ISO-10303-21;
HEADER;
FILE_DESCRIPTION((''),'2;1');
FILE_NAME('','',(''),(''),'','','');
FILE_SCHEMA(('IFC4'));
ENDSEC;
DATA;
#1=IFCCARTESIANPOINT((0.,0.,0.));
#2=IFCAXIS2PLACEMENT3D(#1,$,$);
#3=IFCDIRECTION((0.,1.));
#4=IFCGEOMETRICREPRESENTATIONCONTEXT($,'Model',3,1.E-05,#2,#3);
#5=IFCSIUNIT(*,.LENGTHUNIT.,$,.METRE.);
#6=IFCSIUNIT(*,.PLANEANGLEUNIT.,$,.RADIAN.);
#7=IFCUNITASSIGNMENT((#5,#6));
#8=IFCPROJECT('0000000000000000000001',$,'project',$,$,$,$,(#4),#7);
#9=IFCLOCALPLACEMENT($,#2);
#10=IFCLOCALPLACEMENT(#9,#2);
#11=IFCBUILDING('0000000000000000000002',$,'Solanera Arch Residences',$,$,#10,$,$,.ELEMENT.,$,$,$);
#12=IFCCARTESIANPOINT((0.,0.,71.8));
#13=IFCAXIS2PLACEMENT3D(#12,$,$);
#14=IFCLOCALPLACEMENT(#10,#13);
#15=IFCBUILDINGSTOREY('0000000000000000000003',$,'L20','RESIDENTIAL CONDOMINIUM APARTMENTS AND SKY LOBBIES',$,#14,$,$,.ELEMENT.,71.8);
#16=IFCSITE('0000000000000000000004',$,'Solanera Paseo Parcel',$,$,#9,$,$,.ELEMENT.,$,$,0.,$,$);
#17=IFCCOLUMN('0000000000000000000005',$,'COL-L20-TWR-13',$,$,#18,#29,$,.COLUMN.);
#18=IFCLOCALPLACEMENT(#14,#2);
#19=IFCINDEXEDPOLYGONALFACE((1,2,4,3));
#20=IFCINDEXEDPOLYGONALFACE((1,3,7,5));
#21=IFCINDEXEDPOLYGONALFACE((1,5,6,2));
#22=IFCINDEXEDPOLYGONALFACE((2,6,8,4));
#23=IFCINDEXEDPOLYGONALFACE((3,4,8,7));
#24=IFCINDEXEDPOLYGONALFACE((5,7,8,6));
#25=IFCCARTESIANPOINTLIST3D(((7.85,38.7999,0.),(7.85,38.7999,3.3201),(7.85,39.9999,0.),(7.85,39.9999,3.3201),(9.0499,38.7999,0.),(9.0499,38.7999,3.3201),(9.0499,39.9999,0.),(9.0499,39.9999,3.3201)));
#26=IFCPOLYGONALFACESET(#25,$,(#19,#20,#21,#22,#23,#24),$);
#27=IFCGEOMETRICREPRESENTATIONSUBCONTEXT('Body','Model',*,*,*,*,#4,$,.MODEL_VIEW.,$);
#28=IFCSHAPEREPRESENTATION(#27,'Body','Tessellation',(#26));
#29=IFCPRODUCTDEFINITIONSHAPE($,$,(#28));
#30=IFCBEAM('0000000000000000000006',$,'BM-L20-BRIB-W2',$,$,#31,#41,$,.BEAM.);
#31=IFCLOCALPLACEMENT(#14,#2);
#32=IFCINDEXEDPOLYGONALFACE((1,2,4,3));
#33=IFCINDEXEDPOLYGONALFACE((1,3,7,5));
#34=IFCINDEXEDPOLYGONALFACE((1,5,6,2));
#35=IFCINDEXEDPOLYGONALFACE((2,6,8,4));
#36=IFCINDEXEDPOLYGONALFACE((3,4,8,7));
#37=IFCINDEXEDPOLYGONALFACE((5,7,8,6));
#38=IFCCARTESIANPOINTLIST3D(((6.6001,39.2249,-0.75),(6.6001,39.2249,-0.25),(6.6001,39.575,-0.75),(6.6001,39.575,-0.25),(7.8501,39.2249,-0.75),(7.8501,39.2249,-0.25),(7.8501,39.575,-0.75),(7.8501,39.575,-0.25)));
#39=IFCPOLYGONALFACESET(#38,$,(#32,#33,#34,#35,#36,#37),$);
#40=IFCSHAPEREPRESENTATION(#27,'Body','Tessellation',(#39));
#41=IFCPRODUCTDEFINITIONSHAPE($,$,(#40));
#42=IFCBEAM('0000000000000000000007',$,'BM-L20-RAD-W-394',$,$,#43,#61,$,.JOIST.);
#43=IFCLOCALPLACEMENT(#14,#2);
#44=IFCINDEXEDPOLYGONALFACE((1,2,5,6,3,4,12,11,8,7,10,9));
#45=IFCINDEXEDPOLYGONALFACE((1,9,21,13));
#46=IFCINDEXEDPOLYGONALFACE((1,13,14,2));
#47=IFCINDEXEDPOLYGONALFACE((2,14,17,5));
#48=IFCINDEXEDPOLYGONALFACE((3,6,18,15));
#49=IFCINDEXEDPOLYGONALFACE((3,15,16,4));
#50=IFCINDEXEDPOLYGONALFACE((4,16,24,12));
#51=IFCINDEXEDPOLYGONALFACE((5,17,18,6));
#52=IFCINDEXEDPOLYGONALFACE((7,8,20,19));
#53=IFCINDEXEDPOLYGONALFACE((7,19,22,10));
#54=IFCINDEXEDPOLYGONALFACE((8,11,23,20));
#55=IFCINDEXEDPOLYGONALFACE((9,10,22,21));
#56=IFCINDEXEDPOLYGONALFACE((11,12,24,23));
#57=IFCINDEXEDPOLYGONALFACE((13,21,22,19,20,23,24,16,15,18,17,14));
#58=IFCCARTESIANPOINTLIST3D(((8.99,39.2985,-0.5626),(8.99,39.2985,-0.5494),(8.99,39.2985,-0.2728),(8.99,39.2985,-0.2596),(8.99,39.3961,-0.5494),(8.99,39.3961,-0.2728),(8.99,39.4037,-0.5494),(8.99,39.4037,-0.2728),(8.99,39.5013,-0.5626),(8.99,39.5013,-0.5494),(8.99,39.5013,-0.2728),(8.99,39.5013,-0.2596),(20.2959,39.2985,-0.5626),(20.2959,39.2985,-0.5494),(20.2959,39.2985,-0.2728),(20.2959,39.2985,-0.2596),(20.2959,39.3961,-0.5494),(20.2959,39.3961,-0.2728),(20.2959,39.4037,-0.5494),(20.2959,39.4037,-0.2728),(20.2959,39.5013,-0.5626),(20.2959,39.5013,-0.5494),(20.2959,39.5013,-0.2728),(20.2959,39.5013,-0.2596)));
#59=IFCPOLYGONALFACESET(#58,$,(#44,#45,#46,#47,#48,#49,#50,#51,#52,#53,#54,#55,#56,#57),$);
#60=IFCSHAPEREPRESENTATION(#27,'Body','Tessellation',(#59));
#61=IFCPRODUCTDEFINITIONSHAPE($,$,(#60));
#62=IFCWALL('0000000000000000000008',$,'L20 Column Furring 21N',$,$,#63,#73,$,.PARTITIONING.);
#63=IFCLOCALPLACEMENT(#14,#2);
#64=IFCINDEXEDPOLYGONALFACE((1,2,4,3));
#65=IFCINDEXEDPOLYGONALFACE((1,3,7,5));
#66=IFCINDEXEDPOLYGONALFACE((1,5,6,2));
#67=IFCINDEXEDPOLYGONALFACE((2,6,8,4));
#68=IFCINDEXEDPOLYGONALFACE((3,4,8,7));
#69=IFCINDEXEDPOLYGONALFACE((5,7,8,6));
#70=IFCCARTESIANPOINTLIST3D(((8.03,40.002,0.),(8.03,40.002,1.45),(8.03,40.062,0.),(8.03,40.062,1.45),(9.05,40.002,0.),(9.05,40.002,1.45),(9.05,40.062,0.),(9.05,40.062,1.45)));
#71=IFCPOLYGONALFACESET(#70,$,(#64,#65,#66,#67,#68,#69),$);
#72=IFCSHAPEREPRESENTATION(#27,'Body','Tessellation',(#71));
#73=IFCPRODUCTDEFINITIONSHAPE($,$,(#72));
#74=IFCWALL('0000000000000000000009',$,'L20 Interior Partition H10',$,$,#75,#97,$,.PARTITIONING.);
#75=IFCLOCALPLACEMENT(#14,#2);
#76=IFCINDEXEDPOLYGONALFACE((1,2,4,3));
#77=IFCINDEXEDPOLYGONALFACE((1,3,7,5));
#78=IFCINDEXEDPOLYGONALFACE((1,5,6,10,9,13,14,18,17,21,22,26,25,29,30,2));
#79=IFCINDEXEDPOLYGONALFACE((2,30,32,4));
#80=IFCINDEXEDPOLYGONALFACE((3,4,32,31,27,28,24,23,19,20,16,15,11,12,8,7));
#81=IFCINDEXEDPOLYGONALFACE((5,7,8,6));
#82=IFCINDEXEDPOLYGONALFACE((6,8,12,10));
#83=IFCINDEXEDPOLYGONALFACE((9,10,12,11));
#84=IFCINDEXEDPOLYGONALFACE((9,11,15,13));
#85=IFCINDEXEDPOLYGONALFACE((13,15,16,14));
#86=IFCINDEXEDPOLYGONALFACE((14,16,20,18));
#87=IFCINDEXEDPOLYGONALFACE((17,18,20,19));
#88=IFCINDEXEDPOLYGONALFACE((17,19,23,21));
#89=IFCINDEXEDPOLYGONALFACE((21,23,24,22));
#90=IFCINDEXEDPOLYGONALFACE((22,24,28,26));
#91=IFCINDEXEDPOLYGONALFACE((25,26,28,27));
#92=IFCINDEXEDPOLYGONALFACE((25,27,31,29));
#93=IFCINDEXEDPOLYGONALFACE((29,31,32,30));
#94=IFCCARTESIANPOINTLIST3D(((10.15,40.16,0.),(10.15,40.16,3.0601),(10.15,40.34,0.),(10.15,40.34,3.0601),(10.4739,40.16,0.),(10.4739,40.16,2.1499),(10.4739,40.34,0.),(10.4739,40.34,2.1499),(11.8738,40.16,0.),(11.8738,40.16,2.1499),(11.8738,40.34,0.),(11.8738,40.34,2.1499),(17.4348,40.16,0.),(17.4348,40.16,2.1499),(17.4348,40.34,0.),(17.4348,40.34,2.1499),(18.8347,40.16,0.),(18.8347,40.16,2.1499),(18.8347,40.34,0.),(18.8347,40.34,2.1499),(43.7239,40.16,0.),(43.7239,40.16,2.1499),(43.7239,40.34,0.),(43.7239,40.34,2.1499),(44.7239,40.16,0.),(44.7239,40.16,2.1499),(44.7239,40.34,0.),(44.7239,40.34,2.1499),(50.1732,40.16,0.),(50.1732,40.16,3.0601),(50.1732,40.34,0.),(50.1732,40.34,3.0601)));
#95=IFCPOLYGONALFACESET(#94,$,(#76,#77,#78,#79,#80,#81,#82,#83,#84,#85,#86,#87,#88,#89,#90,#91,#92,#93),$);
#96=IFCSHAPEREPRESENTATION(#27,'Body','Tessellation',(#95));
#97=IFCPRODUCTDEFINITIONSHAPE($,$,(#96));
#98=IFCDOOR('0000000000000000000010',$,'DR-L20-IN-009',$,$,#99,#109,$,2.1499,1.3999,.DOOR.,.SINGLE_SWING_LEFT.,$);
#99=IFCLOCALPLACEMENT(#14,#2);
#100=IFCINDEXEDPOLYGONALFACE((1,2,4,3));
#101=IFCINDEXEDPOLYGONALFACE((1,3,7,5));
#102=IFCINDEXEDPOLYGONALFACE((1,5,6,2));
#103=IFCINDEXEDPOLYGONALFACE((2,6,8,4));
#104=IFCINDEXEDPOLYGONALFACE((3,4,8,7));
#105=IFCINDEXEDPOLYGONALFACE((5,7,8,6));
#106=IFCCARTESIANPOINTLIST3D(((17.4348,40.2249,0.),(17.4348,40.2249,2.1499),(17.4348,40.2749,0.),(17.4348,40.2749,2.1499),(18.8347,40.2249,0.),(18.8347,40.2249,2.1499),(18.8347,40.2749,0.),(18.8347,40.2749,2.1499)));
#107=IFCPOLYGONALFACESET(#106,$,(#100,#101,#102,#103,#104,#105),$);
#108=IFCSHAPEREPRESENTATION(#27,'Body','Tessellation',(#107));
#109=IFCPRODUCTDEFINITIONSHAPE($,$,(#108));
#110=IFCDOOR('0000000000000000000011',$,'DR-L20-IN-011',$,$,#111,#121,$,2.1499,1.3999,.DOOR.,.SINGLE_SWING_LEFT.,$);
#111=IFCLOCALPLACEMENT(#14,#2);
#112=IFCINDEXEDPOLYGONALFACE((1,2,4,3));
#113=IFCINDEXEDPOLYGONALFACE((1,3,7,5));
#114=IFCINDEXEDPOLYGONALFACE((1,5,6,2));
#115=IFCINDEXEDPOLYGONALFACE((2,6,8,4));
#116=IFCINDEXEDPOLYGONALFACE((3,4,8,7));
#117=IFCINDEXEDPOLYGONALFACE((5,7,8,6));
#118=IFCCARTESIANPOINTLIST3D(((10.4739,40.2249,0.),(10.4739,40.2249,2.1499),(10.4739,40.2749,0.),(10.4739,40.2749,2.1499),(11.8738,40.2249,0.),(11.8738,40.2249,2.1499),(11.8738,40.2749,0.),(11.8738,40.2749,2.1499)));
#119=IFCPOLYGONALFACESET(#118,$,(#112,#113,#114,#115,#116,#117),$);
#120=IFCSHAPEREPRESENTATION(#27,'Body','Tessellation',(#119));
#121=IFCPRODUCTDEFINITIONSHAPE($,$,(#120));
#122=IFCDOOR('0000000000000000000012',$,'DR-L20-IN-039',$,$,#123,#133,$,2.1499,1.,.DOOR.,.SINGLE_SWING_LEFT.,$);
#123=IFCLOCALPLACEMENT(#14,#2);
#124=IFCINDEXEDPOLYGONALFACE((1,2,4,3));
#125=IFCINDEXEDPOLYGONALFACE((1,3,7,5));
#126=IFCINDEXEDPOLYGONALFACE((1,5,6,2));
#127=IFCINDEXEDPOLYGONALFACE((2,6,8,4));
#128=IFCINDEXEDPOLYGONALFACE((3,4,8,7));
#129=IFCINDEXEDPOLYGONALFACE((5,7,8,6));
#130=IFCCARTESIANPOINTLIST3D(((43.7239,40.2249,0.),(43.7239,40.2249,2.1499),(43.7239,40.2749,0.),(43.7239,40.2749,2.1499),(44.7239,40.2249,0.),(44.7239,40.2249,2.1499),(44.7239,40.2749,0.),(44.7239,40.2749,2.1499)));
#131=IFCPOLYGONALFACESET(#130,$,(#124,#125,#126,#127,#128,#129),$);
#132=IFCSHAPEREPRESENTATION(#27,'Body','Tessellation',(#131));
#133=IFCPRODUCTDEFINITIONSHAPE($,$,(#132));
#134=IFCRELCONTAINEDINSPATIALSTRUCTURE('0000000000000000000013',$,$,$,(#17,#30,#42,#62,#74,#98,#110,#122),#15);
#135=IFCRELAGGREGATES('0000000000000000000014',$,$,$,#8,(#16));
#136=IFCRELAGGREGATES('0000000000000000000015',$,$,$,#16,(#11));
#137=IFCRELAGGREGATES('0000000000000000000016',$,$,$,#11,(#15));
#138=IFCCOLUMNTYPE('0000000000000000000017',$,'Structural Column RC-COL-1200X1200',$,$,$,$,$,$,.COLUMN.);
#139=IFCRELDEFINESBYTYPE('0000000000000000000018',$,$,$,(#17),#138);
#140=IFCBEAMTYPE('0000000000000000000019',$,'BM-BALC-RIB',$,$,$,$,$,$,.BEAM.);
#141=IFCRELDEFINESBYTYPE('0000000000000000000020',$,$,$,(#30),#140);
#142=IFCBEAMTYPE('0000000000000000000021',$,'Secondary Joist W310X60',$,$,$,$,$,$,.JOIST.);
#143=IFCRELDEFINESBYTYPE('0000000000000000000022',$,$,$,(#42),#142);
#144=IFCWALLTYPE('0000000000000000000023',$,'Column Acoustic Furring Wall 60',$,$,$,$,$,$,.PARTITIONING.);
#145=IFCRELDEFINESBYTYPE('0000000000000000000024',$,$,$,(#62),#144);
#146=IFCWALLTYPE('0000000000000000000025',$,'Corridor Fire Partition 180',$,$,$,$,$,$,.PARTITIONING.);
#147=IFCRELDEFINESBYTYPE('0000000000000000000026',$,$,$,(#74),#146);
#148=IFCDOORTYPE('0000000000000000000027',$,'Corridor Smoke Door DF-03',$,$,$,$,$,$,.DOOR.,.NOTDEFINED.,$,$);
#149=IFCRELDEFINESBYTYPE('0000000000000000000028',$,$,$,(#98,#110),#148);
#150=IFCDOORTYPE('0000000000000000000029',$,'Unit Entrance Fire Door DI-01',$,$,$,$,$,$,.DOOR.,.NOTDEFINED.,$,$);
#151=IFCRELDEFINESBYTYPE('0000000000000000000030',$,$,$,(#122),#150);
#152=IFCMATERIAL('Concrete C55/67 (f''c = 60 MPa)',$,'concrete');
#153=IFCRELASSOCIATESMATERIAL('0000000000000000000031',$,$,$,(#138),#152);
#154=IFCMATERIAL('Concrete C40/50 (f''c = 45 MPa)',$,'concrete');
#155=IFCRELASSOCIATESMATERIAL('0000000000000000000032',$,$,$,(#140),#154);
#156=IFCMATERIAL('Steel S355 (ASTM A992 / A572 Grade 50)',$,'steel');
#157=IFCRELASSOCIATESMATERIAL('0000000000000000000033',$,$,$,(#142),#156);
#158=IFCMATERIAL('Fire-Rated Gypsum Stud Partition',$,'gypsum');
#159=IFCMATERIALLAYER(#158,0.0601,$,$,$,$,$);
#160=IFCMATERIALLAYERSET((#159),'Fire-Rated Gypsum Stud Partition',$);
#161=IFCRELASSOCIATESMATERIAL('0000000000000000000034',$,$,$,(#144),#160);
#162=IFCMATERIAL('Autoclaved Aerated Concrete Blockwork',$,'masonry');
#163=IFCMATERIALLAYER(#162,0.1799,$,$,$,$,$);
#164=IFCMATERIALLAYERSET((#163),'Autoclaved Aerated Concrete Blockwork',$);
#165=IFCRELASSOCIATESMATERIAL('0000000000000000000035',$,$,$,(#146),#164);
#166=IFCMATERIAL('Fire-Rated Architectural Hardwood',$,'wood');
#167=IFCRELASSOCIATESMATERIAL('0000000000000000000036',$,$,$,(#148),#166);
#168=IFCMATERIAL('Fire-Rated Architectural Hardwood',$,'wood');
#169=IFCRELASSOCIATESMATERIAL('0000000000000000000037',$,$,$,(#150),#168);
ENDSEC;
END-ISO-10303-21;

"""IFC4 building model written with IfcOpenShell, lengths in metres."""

from ifc_helpers import new_model, si_unit, direction, frame, frame_2d, origin, origin_2d, place, context, subcontext, project, spatial, rectangle, i_section, extrude, material, layer, layer_set, material_profile, profile_set, type_object, element, fill, save


model = new_model("IFC4")

# Units and contexts
model_context = context("Model", 3, precision=1e-05, world=origin(), true_north=direction((0.0, 1.0)))
body_context = subcontext(model_context, "Body", "Model", "MODEL_VIEW")
ifc_project = project(units=[si_unit("LENGTHUNIT", "METRE"), si_unit("PLANEANGLEUNIT", "RADIAN")], contexts=[model_context])

# Site, building, storey
site_placement = place(None, origin())
site = spatial("IfcSite", under=ifc_project, at=site_placement, Name="Solanera Paseo Parcel", CompositionType="ELEMENT", RefElevation=0.0)
building_placement = place(site_placement, origin())
building = spatial("IfcBuilding", under=site, at=building_placement, Name="Solanera Arch Residences", CompositionType="ELEMENT")
storey_placement = place(building_placement, frame((0.0, 0.0, 71.8)))
storey = spatial("IfcBuildingStorey", under=building, at=storey_placement, Name="L20", Description="RESIDENTIAL CONDOMINIUM APARTMENTS AND SKY LOBBIES", CompositionType="ELEMENT", Elevation=71.8)

# Column
ifc_material_1 = material(Name="Concrete C55/67 (f'c = 60 MPa)", Category="concrete")
ifc_material_profile_1 = material_profile(ifc_material_1, rectangle(XDim=1.2, YDim=1.2, at=origin_2d()))
ifc_profile_set_1 = profile_set([ifc_material_profile_1], Name="Concrete C55/67 (f'c = 60 MPa)")
column_type = type_object("IfcColumnType", Name="Structural Column RC-COL-1200X1200", PredefinedType="COLUMN", material=ifc_profile_set_1)
column_placement = place(storey_placement, frame((8.45, 39.3999, 0.0), z_axis=(0.0, 0.0, 1.0), x_axis=(1.0, 0.0, 0.0)))
element("IfcColumn", 1, at=column_placement, inside=storey, type_object=column_type, Name="COL-L20-TWR-13", PredefinedType="COLUMN", context=body_context, shape_type="SweptSolid", body=[
    extrude(rectangle(XDim=1.2, YDim=1.2, at=origin_2d()), origin(), (0.0, 0.0, 1.0), 3.3201),
])

# Beams
ifc_material_2 = material(Name="Concrete C40/50 (f'c = 45 MPa)", Category="concrete")
ifc_material_profile_2 = material_profile(ifc_material_2, rectangle(XDim=0.3501, YDim=0.5, at=origin_2d()))
ifc_profile_set_2 = profile_set([ifc_material_profile_2], Name="Concrete C40/50 (f'c = 45 MPa)")
beam_type_1 = type_object("IfcBeamType", Name="BM-BALC-RIB", PredefinedType="BEAM", material=ifc_profile_set_2)
beam_1_placement = place(storey_placement, frame((6.6001, 39.3999, -0.5), z_axis=(1.0, 0.0, 0.0), x_axis=(0.0, 1.0, 0.0)))
element("IfcBeam", 2, at=beam_1_placement, inside=storey, type_object=beam_type_1, Name="BM-L20-BRIB-W2", PredefinedType="BEAM", context=body_context, shape_type="SweptSolid", body=[
    extrude(rectangle(XDim=0.3501, YDim=0.5, at=origin_2d()), origin(), (0.0, 0.0, 1.0), 1.25),
])
ifc_material_3 = material(Name="Steel S355 (ASTM A992 / A572 Grade 50)", Category="steel")
ifc_material_profile_3 = material_profile(ifc_material_3, i_section(OverallWidth=0.2029, OverallDepth=0.303, WebThickness=0.0076, FlangeThickness=0.0132, at=origin_2d()))
ifc_profile_set_3 = profile_set([ifc_material_profile_3], Name="Steel S355 (ASTM A992 / A572 Grade 50)")
beam_type_2 = type_object("IfcBeamType", Name="Secondary Joist W310X60", PredefinedType="JOIST", material=ifc_profile_set_3)
beam_2_placement = place(storey_placement, frame((8.99, 39.3999, -0.4111), z_axis=(1.0, 0.0, 0.0), x_axis=(0.0, 1.0, 0.0)))
element("IfcBeam", 3, at=beam_2_placement, inside=storey, type_object=beam_type_2, Name="BM-L20-RAD-W-394", PredefinedType="JOIST", context=body_context, shape_type="SweptSolid", body=[
    extrude(i_section(OverallWidth=0.2029, OverallDepth=0.303, WebThickness=0.0076, FlangeThickness=0.0132, at=origin_2d()), origin(), (0.0, 0.0, 1.0), 11.3059),
])

# Wall
ifc_material_4 = material(Name="Fire-Rated Gypsum Stud Partition", Category="gypsum")
ifc_layer_1 = layer(ifc_material_4, 0.0601)
ifc_layer_set_1 = layer_set([ifc_layer_1], Name="Fire-Rated Gypsum Stud Partition")
wall_type_1 = type_object("IfcWallType", Name="Column Acoustic Furring Wall 60", PredefinedType="PARTITIONING", material=ifc_layer_set_1)
wall_1_placement = place(storey_placement, frame((8.03, 40.032, 0.0), z_axis=(0.0, 0.0, 1.0), x_axis=(1.0, 0.0, 0.0)))
element("IfcWall", 4, at=wall_1_placement, inside=storey, type_object=wall_type_1, Name="L20 Column Furring 21N", PredefinedType="PARTITIONING", context=body_context, shape_type="SweptSolid", body=[
    extrude(rectangle(XDim=1.02, YDim=0.0601, at=frame_2d((0.51, 0.0))), origin(), (0.0, 0.0, 1.0), 1.45),
])

# Wall, openings, doors
ifc_material_5 = material(Name="Autoclaved Aerated Concrete Blockwork", Category="masonry")
ifc_layer_2 = layer(ifc_material_5, 0.1799)
ifc_layer_set_2 = layer_set([ifc_layer_2], Name="Autoclaved Aerated Concrete Blockwork")
wall_type_2 = type_object("IfcWallType", Name="Corridor Fire Partition 180", PredefinedType="PARTITIONING", material=ifc_layer_set_2)
wall_2_placement = place(storey_placement, frame((10.1499, 40.25, 0.0), z_axis=(0.0, 0.0, 1.0), x_axis=(1.0, 0.0, 0.0)))
wall_2 = element("IfcWall", 5, at=wall_2_placement, inside=storey, type_object=wall_type_2, Name="L20 Interior Partition H10", PredefinedType="PARTITIONING", context=body_context, shape_type="SweptSolid", body=[
    extrude(rectangle(XDim=40.0232, YDim=0.1799, at=frame_2d((20.0117, 0.0))), origin(), (0.0, 0.0, 1.0), 3.0601),
])
opening_1_placement = place(wall_2_placement, frame((7.2849, 0.0, 0.0)))
opening_1 = element("IfcOpeningElement", 6, at=opening_1_placement, cuts=wall_2, PredefinedType="OPENING", context=body_context, shape_type="SweptSolid", body=[
    extrude(rectangle(XDim=1.3999, YDim=2.1499, at=frame_2d((0.7, 1.075))), frame((0.0, 0.1001, 0.0), z_axis=(0.0, -1.0, 0.0), x_axis=(1.0, 0.0, 0.0)), (0.0, 0.0, 1.0), 0.1999),
])
opening_2_placement = place(wall_2_placement, frame((0.324, 0.0, 0.0)))
opening_2 = element("IfcOpeningElement", 7, at=opening_2_placement, cuts=wall_2, PredefinedType="OPENING", context=body_context, shape_type="SweptSolid", body=[
    extrude(rectangle(XDim=1.3999, YDim=2.1499, at=frame_2d((0.7, 1.075))), frame((0.0, 0.1001, 0.0), z_axis=(0.0, -1.0, 0.0), x_axis=(1.0, 0.0, 0.0)), (0.0, 0.0, 1.0), 0.1999),
])
opening_3_placement = place(wall_2_placement, frame((33.574, 0.0, 0.0)))
opening_3 = element("IfcOpeningElement", 8, at=opening_3_placement, cuts=wall_2, PredefinedType="OPENING", context=body_context, shape_type="SweptSolid", body=[
    extrude(rectangle(XDim=1.0, YDim=2.1499, at=frame_2d((0.5, 1.075))), frame((0.0, 0.1001, 0.0), z_axis=(0.0, -1.0, 0.0), x_axis=(1.0, 0.0, 0.0)), (0.0, 0.0, 1.0), 0.1999),
])
ifc_material_6 = material(Name="Fire-Rated Architectural Hardwood", Category="wood")
door_type_1 = type_object("IfcDoorType", Name="Corridor Smoke Door DF-03", OperationType="NOTDEFINED", PredefinedType="DOOR", material=ifc_material_6)
door_1_placement = place(opening_1_placement, origin())
door_1 = element("IfcDoor", 9, at=door_1_placement, inside=storey, type_object=door_type_1, Name="DR-L20-IN-009", OperationType="SINGLE_SWING_LEFT", OverallHeight=2.1499, OverallWidth=1.3999, PredefinedType="DOOR", context=body_context, shape_type="SweptSolid", body=[
    extrude(rectangle(XDim=1.3999, YDim=2.1499, at=frame_2d((0.7, 1.075))), frame((0.0, 0.0249, 0.0), z_axis=(0.0, -1.0, 0.0), x_axis=(1.0, 0.0, 0.0)), (0.0, 0.0, 1.0), 0.05),
])
fill(opening_1, door_1)
door_2_placement = place(opening_2_placement, origin())
door_2 = element("IfcDoor", 10, at=door_2_placement, inside=storey, type_object=door_type_1, Name="DR-L20-IN-011", OperationType="SINGLE_SWING_LEFT", OverallHeight=2.1499, OverallWidth=1.3999, PredefinedType="DOOR", context=body_context, shape_type="SweptSolid", body=[
    extrude(rectangle(XDim=1.3999, YDim=2.1499, at=frame_2d((0.7, 1.075))), frame((0.0, 0.0249, 0.0), z_axis=(0.0, -1.0, 0.0), x_axis=(1.0, 0.0, 0.0)), (0.0, 0.0, 1.0), 0.05),
])
fill(opening_2, door_2)
ifc_material_7 = material(Name="Fire-Rated Architectural Hardwood", Category="wood")
door_type_2 = type_object("IfcDoorType", Name="Unit Entrance Fire Door DI-01", OperationType="NOTDEFINED", PredefinedType="DOOR", material=ifc_material_7)
door_3_placement = place(opening_3_placement, origin())
door_3 = element("IfcDoor", 11, at=door_3_placement, inside=storey, type_object=door_type_2, Name="DR-L20-IN-039", OperationType="SINGLE_SWING_LEFT", OverallHeight=2.1499, OverallWidth=1.0, PredefinedType="DOOR", context=body_context, shape_type="SweptSolid", body=[
    extrude(rectangle(XDim=1.0, YDim=2.1499, at=frame_2d((0.5, 1.075))), frame((0.0, 0.0249, 0.0), z_axis=(0.0, -1.0, 0.0), x_axis=(1.0, 0.0, 0.0)), (0.0, 0.0, 1.0), 0.05),
])
fill(opening_3, door_3)

save(model, "model.ifc")
